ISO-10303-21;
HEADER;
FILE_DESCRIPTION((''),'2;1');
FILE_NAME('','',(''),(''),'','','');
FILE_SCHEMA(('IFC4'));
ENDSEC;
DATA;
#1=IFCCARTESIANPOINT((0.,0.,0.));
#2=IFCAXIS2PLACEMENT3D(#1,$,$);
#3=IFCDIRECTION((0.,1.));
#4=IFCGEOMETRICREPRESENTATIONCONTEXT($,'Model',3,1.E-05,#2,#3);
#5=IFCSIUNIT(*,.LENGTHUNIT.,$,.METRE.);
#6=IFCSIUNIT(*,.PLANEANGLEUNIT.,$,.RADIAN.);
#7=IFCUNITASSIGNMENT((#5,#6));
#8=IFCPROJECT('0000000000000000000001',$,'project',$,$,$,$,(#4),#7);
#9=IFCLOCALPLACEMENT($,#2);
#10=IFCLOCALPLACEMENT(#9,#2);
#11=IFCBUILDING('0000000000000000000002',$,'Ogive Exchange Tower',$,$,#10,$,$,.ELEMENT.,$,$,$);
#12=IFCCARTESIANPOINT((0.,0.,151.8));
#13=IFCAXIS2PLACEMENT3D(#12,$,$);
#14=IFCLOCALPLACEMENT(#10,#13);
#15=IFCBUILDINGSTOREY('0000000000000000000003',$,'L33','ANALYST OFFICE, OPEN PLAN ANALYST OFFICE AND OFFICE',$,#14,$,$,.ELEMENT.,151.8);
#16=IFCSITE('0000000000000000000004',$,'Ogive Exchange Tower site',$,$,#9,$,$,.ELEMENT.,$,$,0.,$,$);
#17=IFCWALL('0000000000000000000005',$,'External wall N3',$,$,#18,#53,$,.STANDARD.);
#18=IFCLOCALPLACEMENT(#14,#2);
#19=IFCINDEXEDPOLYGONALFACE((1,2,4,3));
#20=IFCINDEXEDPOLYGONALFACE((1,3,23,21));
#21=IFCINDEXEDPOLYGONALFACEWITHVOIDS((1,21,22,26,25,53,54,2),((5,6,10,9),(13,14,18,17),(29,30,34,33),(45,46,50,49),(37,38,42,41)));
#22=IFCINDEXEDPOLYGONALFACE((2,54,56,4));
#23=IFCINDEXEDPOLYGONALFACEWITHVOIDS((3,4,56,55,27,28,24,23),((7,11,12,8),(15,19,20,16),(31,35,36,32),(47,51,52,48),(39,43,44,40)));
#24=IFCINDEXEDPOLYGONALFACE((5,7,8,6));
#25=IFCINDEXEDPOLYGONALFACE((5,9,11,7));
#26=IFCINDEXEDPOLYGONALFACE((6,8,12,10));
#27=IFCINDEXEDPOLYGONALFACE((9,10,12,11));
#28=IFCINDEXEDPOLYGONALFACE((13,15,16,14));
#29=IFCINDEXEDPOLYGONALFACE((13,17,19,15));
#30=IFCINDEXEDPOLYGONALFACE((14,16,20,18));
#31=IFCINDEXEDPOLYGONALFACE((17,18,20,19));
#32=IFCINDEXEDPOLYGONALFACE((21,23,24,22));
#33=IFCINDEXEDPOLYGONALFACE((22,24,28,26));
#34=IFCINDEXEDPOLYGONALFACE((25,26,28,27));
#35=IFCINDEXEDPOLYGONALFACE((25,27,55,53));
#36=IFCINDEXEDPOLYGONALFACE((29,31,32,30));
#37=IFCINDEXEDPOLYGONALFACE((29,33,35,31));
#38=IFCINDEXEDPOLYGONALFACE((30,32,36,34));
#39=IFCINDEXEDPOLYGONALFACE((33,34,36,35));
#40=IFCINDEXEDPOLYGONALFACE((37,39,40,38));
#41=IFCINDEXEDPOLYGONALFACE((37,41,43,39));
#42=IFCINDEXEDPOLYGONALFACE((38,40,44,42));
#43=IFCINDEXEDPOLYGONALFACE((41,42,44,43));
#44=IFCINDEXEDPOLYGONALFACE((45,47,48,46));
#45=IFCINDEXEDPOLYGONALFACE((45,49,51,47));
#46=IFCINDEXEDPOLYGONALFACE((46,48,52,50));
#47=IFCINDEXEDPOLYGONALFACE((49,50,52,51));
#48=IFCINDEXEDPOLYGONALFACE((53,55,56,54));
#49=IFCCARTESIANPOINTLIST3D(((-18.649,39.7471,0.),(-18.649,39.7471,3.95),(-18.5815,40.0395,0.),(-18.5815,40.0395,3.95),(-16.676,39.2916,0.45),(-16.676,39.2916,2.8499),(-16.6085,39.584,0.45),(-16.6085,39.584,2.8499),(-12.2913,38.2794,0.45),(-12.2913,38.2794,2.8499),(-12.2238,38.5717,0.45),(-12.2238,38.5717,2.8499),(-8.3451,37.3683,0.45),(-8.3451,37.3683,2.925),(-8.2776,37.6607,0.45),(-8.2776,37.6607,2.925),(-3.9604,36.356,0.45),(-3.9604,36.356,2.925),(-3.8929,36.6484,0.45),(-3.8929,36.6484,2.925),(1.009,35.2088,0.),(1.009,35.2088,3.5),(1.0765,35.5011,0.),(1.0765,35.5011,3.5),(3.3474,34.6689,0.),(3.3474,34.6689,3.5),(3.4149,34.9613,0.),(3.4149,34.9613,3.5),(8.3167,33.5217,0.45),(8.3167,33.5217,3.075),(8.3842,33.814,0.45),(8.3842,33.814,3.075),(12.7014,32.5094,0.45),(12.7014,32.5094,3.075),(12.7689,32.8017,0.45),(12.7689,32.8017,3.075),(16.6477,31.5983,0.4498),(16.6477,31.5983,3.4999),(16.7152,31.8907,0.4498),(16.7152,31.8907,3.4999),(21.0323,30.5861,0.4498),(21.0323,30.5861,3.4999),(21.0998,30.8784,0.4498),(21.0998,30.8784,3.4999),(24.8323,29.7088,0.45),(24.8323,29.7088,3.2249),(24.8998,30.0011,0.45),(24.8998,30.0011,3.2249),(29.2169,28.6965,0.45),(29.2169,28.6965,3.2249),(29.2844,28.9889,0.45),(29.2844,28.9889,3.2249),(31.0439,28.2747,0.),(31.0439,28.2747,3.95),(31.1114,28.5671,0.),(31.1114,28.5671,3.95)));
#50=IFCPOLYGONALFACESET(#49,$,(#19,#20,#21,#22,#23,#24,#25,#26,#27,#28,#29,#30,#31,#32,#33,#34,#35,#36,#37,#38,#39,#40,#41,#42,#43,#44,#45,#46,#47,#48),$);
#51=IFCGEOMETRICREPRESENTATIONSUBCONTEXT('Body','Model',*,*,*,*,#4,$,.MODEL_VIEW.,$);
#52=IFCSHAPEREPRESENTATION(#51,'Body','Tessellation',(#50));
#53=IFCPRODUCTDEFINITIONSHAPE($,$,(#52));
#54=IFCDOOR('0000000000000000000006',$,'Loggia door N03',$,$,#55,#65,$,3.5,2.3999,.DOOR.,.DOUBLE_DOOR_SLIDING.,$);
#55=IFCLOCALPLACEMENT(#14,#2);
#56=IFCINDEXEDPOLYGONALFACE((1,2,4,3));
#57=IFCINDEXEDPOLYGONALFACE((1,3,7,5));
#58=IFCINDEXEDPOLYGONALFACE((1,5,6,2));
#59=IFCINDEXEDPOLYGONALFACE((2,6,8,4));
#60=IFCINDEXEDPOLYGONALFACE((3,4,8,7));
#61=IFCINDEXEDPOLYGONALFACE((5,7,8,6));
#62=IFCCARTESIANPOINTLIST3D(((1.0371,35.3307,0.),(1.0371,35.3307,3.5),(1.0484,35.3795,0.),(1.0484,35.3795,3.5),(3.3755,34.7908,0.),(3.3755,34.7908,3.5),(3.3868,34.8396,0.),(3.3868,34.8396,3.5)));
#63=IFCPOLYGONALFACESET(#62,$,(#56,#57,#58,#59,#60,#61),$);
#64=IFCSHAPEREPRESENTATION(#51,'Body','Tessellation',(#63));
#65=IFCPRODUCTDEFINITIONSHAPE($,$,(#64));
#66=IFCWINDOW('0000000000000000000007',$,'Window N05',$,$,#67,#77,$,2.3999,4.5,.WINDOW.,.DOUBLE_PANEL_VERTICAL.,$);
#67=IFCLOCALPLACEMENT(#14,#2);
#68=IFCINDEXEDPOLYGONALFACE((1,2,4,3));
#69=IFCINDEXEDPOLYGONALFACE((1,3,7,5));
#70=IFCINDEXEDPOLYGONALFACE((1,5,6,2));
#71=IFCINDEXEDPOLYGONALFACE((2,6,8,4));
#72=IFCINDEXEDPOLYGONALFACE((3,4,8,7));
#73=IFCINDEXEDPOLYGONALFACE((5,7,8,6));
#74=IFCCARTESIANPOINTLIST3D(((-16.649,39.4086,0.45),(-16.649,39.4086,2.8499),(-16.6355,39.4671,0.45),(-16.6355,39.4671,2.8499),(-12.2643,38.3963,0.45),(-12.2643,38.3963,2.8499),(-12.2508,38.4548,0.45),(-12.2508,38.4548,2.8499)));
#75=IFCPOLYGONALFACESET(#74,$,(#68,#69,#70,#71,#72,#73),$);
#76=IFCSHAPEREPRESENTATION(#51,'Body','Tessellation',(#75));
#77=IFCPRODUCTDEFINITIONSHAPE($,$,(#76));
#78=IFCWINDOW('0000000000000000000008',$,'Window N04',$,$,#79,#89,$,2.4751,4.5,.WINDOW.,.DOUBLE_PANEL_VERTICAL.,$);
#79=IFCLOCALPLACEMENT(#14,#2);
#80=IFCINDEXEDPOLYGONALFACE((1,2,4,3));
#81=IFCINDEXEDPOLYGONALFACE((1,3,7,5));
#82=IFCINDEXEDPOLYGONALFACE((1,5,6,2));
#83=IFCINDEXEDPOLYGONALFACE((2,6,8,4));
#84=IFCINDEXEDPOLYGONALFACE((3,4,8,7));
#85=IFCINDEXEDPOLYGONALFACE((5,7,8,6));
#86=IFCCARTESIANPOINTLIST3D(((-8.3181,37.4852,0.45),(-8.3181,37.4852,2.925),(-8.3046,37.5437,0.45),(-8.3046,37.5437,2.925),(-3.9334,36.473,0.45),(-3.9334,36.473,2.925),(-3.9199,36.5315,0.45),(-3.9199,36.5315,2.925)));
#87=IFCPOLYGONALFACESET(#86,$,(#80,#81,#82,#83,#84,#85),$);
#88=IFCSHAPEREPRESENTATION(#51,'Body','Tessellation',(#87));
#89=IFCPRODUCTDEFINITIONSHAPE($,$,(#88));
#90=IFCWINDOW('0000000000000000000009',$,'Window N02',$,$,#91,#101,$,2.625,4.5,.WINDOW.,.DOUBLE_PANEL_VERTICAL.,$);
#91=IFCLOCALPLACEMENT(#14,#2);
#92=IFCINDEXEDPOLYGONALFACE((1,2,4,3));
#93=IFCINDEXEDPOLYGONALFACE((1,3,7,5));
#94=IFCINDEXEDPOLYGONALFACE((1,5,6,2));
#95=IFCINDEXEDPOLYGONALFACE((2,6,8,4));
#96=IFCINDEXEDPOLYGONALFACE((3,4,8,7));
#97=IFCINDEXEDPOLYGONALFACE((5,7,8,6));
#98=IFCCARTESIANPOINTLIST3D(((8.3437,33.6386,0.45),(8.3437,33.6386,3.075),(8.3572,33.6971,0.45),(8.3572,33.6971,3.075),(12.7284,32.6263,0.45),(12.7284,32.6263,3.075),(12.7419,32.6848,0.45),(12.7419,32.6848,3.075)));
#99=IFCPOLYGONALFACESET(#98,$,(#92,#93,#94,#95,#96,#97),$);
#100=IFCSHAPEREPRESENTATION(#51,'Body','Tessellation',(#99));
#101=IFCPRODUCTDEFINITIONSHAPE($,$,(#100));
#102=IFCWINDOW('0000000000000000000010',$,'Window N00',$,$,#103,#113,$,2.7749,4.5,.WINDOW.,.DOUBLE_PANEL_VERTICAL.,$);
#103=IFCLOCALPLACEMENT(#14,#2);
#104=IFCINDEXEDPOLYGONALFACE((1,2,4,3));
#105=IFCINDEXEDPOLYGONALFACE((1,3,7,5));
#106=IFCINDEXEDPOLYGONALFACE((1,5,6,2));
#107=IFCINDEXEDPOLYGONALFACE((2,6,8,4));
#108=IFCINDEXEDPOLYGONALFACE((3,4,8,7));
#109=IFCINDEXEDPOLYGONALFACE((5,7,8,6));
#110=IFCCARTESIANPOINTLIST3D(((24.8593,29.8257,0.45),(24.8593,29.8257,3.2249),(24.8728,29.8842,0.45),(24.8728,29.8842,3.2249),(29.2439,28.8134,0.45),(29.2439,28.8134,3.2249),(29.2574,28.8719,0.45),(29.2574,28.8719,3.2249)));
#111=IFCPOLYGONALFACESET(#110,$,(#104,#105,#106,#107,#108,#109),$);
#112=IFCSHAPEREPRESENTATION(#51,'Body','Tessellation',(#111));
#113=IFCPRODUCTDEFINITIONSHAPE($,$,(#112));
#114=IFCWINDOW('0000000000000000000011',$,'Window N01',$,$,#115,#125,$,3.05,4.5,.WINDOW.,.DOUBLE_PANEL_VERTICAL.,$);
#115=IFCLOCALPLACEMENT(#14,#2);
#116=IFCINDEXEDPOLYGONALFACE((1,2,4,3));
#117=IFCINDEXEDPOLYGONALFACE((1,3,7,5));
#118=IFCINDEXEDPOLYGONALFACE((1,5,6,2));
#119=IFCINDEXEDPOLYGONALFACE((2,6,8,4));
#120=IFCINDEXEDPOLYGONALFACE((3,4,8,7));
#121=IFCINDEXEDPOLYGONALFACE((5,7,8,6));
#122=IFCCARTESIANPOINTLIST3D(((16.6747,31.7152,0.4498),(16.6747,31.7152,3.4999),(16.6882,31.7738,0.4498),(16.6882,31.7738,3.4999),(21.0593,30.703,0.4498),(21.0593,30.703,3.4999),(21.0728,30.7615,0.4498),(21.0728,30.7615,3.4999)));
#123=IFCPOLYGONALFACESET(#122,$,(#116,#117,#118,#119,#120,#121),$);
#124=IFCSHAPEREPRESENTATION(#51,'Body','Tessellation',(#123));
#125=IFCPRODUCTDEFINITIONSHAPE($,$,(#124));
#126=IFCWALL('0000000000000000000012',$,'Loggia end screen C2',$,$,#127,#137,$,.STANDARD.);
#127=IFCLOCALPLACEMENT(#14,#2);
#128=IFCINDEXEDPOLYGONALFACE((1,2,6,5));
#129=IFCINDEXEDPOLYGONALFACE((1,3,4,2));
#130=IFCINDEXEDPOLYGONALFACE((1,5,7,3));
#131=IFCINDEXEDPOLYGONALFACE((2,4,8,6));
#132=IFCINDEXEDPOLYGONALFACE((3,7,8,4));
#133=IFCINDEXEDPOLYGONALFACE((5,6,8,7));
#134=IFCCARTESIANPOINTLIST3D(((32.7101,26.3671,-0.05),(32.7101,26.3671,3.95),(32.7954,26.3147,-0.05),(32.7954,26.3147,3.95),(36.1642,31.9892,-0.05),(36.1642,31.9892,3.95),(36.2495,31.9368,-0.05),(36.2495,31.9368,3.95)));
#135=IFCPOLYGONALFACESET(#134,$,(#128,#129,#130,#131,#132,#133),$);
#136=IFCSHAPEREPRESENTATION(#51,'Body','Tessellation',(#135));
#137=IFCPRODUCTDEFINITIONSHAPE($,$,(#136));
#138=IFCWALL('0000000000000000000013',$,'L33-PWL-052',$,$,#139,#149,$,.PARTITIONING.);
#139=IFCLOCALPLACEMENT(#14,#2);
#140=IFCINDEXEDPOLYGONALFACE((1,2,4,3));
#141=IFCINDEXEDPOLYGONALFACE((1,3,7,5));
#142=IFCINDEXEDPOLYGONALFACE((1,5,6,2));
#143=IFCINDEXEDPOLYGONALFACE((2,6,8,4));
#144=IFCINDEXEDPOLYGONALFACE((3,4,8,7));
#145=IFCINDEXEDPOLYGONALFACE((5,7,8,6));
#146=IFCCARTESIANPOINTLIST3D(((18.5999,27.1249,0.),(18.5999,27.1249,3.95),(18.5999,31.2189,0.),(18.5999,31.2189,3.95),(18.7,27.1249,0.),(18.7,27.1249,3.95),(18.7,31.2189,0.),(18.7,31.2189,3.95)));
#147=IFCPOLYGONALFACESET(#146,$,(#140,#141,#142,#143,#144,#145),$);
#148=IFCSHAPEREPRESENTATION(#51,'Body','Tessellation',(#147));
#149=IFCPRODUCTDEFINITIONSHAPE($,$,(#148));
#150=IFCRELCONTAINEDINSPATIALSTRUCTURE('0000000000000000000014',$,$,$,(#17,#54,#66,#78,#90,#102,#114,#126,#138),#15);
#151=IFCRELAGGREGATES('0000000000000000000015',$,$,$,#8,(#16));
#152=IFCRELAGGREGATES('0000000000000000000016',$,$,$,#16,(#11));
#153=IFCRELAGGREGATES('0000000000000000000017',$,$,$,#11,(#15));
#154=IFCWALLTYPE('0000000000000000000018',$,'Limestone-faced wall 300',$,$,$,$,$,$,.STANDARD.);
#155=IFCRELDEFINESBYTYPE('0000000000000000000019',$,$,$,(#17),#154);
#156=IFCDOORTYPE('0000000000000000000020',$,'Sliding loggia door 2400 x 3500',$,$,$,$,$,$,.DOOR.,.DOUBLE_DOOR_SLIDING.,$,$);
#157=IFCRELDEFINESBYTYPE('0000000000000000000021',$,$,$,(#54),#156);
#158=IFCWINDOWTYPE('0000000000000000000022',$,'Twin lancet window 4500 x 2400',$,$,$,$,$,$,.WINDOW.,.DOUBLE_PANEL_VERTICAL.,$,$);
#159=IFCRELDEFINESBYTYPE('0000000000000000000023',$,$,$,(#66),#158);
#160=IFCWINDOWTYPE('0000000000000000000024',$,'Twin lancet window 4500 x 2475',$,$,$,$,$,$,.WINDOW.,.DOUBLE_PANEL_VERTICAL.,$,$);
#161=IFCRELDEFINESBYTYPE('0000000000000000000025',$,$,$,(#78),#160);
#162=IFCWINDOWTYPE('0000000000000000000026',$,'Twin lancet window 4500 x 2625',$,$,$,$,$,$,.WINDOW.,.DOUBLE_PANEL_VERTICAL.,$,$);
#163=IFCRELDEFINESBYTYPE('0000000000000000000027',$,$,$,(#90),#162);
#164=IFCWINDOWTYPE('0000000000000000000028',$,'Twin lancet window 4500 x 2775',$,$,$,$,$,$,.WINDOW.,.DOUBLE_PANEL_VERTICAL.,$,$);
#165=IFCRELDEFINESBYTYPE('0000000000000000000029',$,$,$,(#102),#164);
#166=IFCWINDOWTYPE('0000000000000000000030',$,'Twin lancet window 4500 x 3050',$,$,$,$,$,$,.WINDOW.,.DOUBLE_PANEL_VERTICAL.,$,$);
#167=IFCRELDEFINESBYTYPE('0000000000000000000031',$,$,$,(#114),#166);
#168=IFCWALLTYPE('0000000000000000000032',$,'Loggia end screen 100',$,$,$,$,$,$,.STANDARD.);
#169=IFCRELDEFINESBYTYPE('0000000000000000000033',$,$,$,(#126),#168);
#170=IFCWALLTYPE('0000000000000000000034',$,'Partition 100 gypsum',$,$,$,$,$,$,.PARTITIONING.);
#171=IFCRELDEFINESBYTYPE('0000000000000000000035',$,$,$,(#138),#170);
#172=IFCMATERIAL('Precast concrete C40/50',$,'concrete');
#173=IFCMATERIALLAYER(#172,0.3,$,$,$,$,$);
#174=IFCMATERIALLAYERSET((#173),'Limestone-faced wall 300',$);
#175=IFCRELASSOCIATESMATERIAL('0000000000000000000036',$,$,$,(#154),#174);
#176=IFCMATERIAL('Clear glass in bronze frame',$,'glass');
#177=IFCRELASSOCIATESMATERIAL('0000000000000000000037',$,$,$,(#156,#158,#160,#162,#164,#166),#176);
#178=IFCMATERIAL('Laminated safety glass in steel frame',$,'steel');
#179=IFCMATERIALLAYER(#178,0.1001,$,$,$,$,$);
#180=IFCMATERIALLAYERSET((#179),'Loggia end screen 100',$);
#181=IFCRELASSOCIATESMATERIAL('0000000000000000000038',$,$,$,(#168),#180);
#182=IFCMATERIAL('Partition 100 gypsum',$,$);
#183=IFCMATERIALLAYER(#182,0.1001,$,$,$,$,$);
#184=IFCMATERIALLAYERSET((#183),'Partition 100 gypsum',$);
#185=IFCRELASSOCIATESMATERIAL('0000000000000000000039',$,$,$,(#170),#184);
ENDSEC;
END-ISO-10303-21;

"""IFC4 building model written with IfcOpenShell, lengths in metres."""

from ifc_helpers import new_model, si_unit, direction, frame, frame_2d, origin, place, context, subcontext, project, spatial, rectangle, extrude, material, layer, layer_set, type_object, element, fill, save


model = new_model("IFC4")

# Units and contexts
model_context = context("Model", 3, precision=1e-05, world=origin(), true_north=direction((0.0, 1.0)))
body_context = subcontext(model_context, "Body", "Model", "MODEL_VIEW")
ifc_project = project(units=[si_unit("LENGTHUNIT", "METRE"), si_unit("PLANEANGLEUNIT", "RADIAN")], contexts=[model_context])

# Site, building, storey
site_placement = place(None, origin())
site = spatial("IfcSite", under=ifc_project, at=site_placement, Name="Ogive Exchange Tower site", CompositionType="ELEMENT", RefElevation=0.0)
building_placement = place(site_placement, origin())
building = spatial("IfcBuilding", under=site, at=building_placement, Name="Ogive Exchange Tower", CompositionType="ELEMENT")
storey_placement = place(building_placement, frame((0.0, 0.0, 151.8)))
storey = spatial("IfcBuildingStorey", under=building, at=storey_placement, Name="L33", Description="ANALYST OFFICE, OPEN PLAN ANALYST OFFICE AND OFFICE", CompositionType="ELEMENT", Elevation=151.8)

# Wall, openings, door, windows
ifc_material_1 = material(Name="Precast concrete C40/50", Category="concrete")
ifc_layer_1 = layer(ifc_material_1, 0.3)
ifc_layer_set_1 = layer_set([ifc_layer_1], Name="Limestone-faced wall 300")
wall_type_1 = type_object("IfcWallType", Name="Limestone-faced wall 300", PredefinedType="STANDARD", material=ifc_layer_set_1)
wall_1_placement = place(storey_placement, frame((31.0776, 28.4209, 0.0), z_axis=(0.0, 0.0, 1.0), x_axis=(-0.97437, 0.224949, 0.0)))
wall_1 = element("IfcWall", 1, at=wall_1_placement, inside=storey, type_object=wall_type_1, Name="External wall N3", PredefinedType="STANDARD", context=body_context, shape_type="SweptSolid", body=[
    extrude(rectangle(XDim=51.0, YDim=0.3, at=frame_2d((25.5, 0.0))), origin(), (0.0, 0.0, 1.0), 3.95),
])
opening_1_placement = place(wall_1_placement, frame((1.875, 0.0, 0.45)))
opening_1 = element("IfcOpeningElement", 2, at=opening_1_placement, cuts=wall_1, PredefinedType="OPENING", context=body_context, shape_type="SweptSolid", body=[
    extrude(rectangle(XDim=4.5, YDim=2.7749, at=frame_2d((2.25, 1.3875))), frame((0.0, 0.1599, 0.0), z_axis=(0.0, -1.0, 0.0), x_axis=(1.0, 0.0, 0.0)), (0.0, 0.0, 1.0), 0.3201),
])
opening_2_placement = place(wall_1_placement, frame((10.2749, 0.0, 0.45)))
opening_2 = element("IfcOpeningElement", 3, at=opening_2_placement, cuts=wall_1, PredefinedType="OPENING", context=body_context, shape_type="SweptSolid", body=[
    extrude(rectangle(XDim=4.5, YDim=3.05, at=frame_2d((2.25, 1.5249))), frame((0.0, 0.1599, 0.0), z_axis=(0.0, -1.0, 0.0), x_axis=(1.0, 0.0, 0.0)), (0.0, 0.0, 1.0), 0.3201),
])
opening_3_placement = place(wall_1_placement, frame((18.825, 0.0, 0.45)))
opening_3 = element("IfcOpeningElement", 4, at=opening_3_placement, cuts=wall_1, PredefinedType="OPENING", context=body_context, shape_type="SweptSolid", body=[
    extrude(rectangle(XDim=4.5, YDim=2.625, at=frame_2d((2.25, 1.3125))), frame((0.0, 0.1599, 0.0), z_axis=(0.0, -1.0, 0.0), x_axis=(1.0, 0.0, 0.0)), (0.0, 0.0, 1.0), 0.3201),
])
opening_4_placement = place(wall_1_placement, frame((28.425, 0.0, 0.0)))
opening_4 = element("IfcOpeningElement", 5, at=opening_4_placement, cuts=wall_1, PredefinedType="OPENING", context=body_context, shape_type="SweptSolid", body=[
    extrude(rectangle(XDim=2.3999, YDim=3.5, at=frame_2d((1.2, 1.75))), frame((0.0, 0.1599, 0.0), z_axis=(0.0, -1.0, 0.0), x_axis=(1.0, 0.0, 0.0)), (0.0, 0.0, 1.0), 0.3201),
])
opening_5_placement = place(wall_1_placement, frame((35.925, 0.0, 0.45)))
opening_5 = element("IfcOpeningElement", 6, at=opening_5_placement, cuts=wall_1, PredefinedType="OPENING", context=body_context, shape_type="SweptSolid", body=[
    extrude(rectangle(XDim=4.5, YDim=2.4751, at=frame_2d((2.25, 1.2375))), frame((0.0, 0.1599, 0.0), z_axis=(0.0, -1.0, 0.0), x_axis=(1.0, 0.0, 0.0)), (0.0, 0.0, 1.0), 0.3201),
])
opening_6_placement = place(wall_1_placement, frame((44.4751, 0.0, 0.45)))
opening_6 = element("IfcOpeningElement", 7, at=opening_6_placement, cuts=wall_1, PredefinedType="OPENING", context=body_context, shape_type="SweptSolid", body=[
    extrude(rectangle(XDim=4.5, YDim=2.3999, at=frame_2d((2.25, 1.2))), frame((0.0, 0.1599, 0.0), z_axis=(0.0, -1.0, 0.0), x_axis=(1.0, 0.0, 0.0)), (0.0, 0.0, 1.0), 0.3201),
])
ifc_material_2 = material(Name="Clear glass in bronze frame", Category="glass")
door_type_1 = type_object("IfcDoorType", Name="Sliding loggia door 2400 x 3500", OperationType="DOUBLE_DOOR_SLIDING", PredefinedType="DOOR", material=ifc_material_2)
door_1_placement = place(opening_4_placement, origin())
door_1 = element("IfcDoor", 8, at=door_1_placement, inside=storey, type_object=door_type_1, Name="Loggia door N03", OperationType="DOUBLE_DOOR_SLIDING", OverallHeight=3.5, OverallWidth=2.3999, PredefinedType="DOOR", context=body_context, shape_type="SweptSolid", body=[
    extrude(rectangle(XDim=2.3999, YDim=3.5, at=frame_2d((1.2, 1.75))), frame((0.0, 0.0249, 0.0), z_axis=(0.0, -1.0, 0.0), x_axis=(1.0, 0.0, 0.0)), (0.0, 0.0, 1.0), 0.05),
])
fill(opening_4, door_1)
window_type_1 = type_object("IfcWindowType", Name="Twin lancet window 4500 x 2400", PartitioningType="DOUBLE_PANEL_VERTICAL", PredefinedType="WINDOW", material=ifc_material_2)
window_1_placement = place(opening_6_placement, origin())
window_1 = element("IfcWindow", 9, at=window_1_placement, inside=storey, type_object=window_type_1, Name="Window N05", OverallHeight=2.3999, OverallWidth=4.5, PartitioningType="DOUBLE_PANEL_VERTICAL", PredefinedType="WINDOW", context=body_context, shape_type="SweptSolid", body=[
    extrude(rectangle(XDim=4.5, YDim=2.3999, at=frame_2d((2.25, 1.2))), frame((0.0, 0.03, 0.0), z_axis=(0.0, -1.0, 0.0), x_axis=(1.0, 0.0, 0.0)), (0.0, 0.0, 1.0), 0.0601),
])
fill(opening_6, window_1)
window_type_2 = type_object("IfcWindowType", Name="Twin lancet window 4500 x 2475", PartitioningType="DOUBLE_PANEL_VERTICAL", PredefinedType="WINDOW", material=ifc_material_2)
window_2_placement = place(opening_5_placement, origin())
window_2 = element("IfcWindow", 10, at=window_2_placement, inside=storey, type_object=window_type_2, Name="Window N04", OverallHeight=2.4751, OverallWidth=4.5, PartitioningType="DOUBLE_PANEL_VERTICAL", PredefinedType="WINDOW", context=body_context, shape_type="SweptSolid", body=[
    extrude(rectangle(XDim=4.5, YDim=2.4751, at=frame_2d((2.25, 1.2375))), frame((0.0, 0.03, 0.0), z_axis=(0.0, -1.0, 0.0), x_axis=(1.0, 0.0, 0.0)), (0.0, 0.0, 1.0), 0.0601),
])
fill(opening_5, window_2)
window_type_3 = type_object("IfcWindowType", Name="Twin lancet window 4500 x 2625", PartitioningType="DOUBLE_PANEL_VERTICAL", PredefinedType="WINDOW", material=ifc_material_2)
window_3_placement = place(opening_3_placement, origin())
window_3 = element("IfcWindow", 11, at=window_3_placement, inside=storey, type_object=window_type_3, Name="Window N02", OverallHeight=2.625, OverallWidth=4.5, PartitioningType="DOUBLE_PANEL_VERTICAL", PredefinedType="WINDOW", context=body_context, shape_type="SweptSolid", body=[
    extrude(rectangle(XDim=4.5, YDim=2.625, at=frame_2d((2.25, 1.3125))), frame((0.0, 0.03, 0.0), z_axis=(0.0, -1.0, 0.0), x_axis=(1.0, 0.0, 0.0)), (0.0, 0.0, 1.0), 0.0601),
])
fill(opening_3, window_3)
window_type_4 = type_object("IfcWindowType", Name="Twin lancet window 4500 x 2775", PartitioningType="DOUBLE_PANEL_VERTICAL", PredefinedType="WINDOW", material=ifc_material_2)
window_4_placement = place(opening_1_placement, origin())
window_4 = element("IfcWindow", 12, at=window_4_placement, inside=storey, type_object=window_type_4, Name="Window N00", OverallHeight=2.7749, OverallWidth=4.5, PartitioningType="DOUBLE_PANEL_VERTICAL", PredefinedType="WINDOW", context=body_context, shape_type="SweptSolid", body=[
    extrude(rectangle(XDim=4.5, YDim=2.7749, at=frame_2d((2.25, 1.3875))), frame((0.0, 0.03, 0.0), z_axis=(0.0, -1.0, 0.0), x_axis=(1.0, 0.0, 0.0)), (0.0, 0.0, 1.0), 0.0601),
])
fill(opening_1, window_4)
window_type_5 = type_object("IfcWindowType", Name="Twin lancet window 4500 x 3050", PartitioningType="DOUBLE_PANEL_VERTICAL", PredefinedType="WINDOW", material=ifc_material_2)
window_5_placement = place(opening_2_placement, origin())
window_5 = element("IfcWindow", 13, at=window_5_placement, inside=storey, type_object=window_type_5, Name="Window N01", OverallHeight=3.05, OverallWidth=4.5, PartitioningType="DOUBLE_PANEL_VERTICAL", PredefinedType="WINDOW", context=body_context, shape_type="SweptSolid", body=[
    extrude(rectangle(XDim=4.5, YDim=3.05, at=frame_2d((2.25, 1.5249))), frame((0.0, 0.03, 0.0), z_axis=(0.0, -1.0, 0.0), x_axis=(1.0, 0.0, 0.0)), (0.0, 0.0, 1.0), 0.0601),
])
fill(opening_2, window_5)

# Walls
ifc_material_3 = material(Name="Laminated safety glass in steel frame", Category="steel")
ifc_layer_2 = layer(ifc_material_3, 0.1001)
ifc_layer_set_2 = layer_set([ifc_layer_2], Name="Loggia end screen 100")
wall_type_2 = type_object("IfcWallType", Name="Loggia end screen 100", PredefinedType="STANDARD", material=ifc_layer_set_2)
wall_2_placement = place(storey_placement, frame((32.7527, 26.3408, -0.05), z_axis=(0.0, 0.0, 1.0), x_axis=(0.523478, 0.852039, 0.0)))
element("IfcWall", 14, at=wall_2_placement, inside=storey, type_object=wall_type_2, Name="Loggia end screen C2", PredefinedType="STANDARD", context=body_context, shape_type="SweptSolid", body=[
    extrude(rectangle(XDim=6.5984, YDim=0.1001, at=frame_2d((3.2993, 0.0))), origin(), (0.0, 0.0, 1.0), 4.0),
])
ifc_material_4 = material(Name="Partition 100 gypsum")
ifc_layer_3 = layer(ifc_material_4, 0.1001)
ifc_layer_set_3 = layer_set([ifc_layer_3], Name="Partition 100 gypsum")
wall_type_3 = type_object("IfcWallType", Name="Partition 100 gypsum", PredefinedType="PARTITIONING", material=ifc_layer_set_3)
wall_3_placement = place(storey_placement, frame((18.6499, 27.125, 0.0), z_axis=(0.0, 0.0, 1.0), x_axis=(0.0, 1.0, 0.0)))
element("IfcWall", 15, at=wall_3_placement, inside=storey, type_object=wall_type_3, Name="L33-PWL-052", PredefinedType="PARTITIONING", context=body_context, shape_type="SweptSolid", body=[
    extrude(rectangle(XDim=4.094, YDim=0.1001, at=frame_2d((2.0469, 0.0))), origin(), (0.0, 0.0, 1.0), 3.95),
])

save(model, "model.ifc")
